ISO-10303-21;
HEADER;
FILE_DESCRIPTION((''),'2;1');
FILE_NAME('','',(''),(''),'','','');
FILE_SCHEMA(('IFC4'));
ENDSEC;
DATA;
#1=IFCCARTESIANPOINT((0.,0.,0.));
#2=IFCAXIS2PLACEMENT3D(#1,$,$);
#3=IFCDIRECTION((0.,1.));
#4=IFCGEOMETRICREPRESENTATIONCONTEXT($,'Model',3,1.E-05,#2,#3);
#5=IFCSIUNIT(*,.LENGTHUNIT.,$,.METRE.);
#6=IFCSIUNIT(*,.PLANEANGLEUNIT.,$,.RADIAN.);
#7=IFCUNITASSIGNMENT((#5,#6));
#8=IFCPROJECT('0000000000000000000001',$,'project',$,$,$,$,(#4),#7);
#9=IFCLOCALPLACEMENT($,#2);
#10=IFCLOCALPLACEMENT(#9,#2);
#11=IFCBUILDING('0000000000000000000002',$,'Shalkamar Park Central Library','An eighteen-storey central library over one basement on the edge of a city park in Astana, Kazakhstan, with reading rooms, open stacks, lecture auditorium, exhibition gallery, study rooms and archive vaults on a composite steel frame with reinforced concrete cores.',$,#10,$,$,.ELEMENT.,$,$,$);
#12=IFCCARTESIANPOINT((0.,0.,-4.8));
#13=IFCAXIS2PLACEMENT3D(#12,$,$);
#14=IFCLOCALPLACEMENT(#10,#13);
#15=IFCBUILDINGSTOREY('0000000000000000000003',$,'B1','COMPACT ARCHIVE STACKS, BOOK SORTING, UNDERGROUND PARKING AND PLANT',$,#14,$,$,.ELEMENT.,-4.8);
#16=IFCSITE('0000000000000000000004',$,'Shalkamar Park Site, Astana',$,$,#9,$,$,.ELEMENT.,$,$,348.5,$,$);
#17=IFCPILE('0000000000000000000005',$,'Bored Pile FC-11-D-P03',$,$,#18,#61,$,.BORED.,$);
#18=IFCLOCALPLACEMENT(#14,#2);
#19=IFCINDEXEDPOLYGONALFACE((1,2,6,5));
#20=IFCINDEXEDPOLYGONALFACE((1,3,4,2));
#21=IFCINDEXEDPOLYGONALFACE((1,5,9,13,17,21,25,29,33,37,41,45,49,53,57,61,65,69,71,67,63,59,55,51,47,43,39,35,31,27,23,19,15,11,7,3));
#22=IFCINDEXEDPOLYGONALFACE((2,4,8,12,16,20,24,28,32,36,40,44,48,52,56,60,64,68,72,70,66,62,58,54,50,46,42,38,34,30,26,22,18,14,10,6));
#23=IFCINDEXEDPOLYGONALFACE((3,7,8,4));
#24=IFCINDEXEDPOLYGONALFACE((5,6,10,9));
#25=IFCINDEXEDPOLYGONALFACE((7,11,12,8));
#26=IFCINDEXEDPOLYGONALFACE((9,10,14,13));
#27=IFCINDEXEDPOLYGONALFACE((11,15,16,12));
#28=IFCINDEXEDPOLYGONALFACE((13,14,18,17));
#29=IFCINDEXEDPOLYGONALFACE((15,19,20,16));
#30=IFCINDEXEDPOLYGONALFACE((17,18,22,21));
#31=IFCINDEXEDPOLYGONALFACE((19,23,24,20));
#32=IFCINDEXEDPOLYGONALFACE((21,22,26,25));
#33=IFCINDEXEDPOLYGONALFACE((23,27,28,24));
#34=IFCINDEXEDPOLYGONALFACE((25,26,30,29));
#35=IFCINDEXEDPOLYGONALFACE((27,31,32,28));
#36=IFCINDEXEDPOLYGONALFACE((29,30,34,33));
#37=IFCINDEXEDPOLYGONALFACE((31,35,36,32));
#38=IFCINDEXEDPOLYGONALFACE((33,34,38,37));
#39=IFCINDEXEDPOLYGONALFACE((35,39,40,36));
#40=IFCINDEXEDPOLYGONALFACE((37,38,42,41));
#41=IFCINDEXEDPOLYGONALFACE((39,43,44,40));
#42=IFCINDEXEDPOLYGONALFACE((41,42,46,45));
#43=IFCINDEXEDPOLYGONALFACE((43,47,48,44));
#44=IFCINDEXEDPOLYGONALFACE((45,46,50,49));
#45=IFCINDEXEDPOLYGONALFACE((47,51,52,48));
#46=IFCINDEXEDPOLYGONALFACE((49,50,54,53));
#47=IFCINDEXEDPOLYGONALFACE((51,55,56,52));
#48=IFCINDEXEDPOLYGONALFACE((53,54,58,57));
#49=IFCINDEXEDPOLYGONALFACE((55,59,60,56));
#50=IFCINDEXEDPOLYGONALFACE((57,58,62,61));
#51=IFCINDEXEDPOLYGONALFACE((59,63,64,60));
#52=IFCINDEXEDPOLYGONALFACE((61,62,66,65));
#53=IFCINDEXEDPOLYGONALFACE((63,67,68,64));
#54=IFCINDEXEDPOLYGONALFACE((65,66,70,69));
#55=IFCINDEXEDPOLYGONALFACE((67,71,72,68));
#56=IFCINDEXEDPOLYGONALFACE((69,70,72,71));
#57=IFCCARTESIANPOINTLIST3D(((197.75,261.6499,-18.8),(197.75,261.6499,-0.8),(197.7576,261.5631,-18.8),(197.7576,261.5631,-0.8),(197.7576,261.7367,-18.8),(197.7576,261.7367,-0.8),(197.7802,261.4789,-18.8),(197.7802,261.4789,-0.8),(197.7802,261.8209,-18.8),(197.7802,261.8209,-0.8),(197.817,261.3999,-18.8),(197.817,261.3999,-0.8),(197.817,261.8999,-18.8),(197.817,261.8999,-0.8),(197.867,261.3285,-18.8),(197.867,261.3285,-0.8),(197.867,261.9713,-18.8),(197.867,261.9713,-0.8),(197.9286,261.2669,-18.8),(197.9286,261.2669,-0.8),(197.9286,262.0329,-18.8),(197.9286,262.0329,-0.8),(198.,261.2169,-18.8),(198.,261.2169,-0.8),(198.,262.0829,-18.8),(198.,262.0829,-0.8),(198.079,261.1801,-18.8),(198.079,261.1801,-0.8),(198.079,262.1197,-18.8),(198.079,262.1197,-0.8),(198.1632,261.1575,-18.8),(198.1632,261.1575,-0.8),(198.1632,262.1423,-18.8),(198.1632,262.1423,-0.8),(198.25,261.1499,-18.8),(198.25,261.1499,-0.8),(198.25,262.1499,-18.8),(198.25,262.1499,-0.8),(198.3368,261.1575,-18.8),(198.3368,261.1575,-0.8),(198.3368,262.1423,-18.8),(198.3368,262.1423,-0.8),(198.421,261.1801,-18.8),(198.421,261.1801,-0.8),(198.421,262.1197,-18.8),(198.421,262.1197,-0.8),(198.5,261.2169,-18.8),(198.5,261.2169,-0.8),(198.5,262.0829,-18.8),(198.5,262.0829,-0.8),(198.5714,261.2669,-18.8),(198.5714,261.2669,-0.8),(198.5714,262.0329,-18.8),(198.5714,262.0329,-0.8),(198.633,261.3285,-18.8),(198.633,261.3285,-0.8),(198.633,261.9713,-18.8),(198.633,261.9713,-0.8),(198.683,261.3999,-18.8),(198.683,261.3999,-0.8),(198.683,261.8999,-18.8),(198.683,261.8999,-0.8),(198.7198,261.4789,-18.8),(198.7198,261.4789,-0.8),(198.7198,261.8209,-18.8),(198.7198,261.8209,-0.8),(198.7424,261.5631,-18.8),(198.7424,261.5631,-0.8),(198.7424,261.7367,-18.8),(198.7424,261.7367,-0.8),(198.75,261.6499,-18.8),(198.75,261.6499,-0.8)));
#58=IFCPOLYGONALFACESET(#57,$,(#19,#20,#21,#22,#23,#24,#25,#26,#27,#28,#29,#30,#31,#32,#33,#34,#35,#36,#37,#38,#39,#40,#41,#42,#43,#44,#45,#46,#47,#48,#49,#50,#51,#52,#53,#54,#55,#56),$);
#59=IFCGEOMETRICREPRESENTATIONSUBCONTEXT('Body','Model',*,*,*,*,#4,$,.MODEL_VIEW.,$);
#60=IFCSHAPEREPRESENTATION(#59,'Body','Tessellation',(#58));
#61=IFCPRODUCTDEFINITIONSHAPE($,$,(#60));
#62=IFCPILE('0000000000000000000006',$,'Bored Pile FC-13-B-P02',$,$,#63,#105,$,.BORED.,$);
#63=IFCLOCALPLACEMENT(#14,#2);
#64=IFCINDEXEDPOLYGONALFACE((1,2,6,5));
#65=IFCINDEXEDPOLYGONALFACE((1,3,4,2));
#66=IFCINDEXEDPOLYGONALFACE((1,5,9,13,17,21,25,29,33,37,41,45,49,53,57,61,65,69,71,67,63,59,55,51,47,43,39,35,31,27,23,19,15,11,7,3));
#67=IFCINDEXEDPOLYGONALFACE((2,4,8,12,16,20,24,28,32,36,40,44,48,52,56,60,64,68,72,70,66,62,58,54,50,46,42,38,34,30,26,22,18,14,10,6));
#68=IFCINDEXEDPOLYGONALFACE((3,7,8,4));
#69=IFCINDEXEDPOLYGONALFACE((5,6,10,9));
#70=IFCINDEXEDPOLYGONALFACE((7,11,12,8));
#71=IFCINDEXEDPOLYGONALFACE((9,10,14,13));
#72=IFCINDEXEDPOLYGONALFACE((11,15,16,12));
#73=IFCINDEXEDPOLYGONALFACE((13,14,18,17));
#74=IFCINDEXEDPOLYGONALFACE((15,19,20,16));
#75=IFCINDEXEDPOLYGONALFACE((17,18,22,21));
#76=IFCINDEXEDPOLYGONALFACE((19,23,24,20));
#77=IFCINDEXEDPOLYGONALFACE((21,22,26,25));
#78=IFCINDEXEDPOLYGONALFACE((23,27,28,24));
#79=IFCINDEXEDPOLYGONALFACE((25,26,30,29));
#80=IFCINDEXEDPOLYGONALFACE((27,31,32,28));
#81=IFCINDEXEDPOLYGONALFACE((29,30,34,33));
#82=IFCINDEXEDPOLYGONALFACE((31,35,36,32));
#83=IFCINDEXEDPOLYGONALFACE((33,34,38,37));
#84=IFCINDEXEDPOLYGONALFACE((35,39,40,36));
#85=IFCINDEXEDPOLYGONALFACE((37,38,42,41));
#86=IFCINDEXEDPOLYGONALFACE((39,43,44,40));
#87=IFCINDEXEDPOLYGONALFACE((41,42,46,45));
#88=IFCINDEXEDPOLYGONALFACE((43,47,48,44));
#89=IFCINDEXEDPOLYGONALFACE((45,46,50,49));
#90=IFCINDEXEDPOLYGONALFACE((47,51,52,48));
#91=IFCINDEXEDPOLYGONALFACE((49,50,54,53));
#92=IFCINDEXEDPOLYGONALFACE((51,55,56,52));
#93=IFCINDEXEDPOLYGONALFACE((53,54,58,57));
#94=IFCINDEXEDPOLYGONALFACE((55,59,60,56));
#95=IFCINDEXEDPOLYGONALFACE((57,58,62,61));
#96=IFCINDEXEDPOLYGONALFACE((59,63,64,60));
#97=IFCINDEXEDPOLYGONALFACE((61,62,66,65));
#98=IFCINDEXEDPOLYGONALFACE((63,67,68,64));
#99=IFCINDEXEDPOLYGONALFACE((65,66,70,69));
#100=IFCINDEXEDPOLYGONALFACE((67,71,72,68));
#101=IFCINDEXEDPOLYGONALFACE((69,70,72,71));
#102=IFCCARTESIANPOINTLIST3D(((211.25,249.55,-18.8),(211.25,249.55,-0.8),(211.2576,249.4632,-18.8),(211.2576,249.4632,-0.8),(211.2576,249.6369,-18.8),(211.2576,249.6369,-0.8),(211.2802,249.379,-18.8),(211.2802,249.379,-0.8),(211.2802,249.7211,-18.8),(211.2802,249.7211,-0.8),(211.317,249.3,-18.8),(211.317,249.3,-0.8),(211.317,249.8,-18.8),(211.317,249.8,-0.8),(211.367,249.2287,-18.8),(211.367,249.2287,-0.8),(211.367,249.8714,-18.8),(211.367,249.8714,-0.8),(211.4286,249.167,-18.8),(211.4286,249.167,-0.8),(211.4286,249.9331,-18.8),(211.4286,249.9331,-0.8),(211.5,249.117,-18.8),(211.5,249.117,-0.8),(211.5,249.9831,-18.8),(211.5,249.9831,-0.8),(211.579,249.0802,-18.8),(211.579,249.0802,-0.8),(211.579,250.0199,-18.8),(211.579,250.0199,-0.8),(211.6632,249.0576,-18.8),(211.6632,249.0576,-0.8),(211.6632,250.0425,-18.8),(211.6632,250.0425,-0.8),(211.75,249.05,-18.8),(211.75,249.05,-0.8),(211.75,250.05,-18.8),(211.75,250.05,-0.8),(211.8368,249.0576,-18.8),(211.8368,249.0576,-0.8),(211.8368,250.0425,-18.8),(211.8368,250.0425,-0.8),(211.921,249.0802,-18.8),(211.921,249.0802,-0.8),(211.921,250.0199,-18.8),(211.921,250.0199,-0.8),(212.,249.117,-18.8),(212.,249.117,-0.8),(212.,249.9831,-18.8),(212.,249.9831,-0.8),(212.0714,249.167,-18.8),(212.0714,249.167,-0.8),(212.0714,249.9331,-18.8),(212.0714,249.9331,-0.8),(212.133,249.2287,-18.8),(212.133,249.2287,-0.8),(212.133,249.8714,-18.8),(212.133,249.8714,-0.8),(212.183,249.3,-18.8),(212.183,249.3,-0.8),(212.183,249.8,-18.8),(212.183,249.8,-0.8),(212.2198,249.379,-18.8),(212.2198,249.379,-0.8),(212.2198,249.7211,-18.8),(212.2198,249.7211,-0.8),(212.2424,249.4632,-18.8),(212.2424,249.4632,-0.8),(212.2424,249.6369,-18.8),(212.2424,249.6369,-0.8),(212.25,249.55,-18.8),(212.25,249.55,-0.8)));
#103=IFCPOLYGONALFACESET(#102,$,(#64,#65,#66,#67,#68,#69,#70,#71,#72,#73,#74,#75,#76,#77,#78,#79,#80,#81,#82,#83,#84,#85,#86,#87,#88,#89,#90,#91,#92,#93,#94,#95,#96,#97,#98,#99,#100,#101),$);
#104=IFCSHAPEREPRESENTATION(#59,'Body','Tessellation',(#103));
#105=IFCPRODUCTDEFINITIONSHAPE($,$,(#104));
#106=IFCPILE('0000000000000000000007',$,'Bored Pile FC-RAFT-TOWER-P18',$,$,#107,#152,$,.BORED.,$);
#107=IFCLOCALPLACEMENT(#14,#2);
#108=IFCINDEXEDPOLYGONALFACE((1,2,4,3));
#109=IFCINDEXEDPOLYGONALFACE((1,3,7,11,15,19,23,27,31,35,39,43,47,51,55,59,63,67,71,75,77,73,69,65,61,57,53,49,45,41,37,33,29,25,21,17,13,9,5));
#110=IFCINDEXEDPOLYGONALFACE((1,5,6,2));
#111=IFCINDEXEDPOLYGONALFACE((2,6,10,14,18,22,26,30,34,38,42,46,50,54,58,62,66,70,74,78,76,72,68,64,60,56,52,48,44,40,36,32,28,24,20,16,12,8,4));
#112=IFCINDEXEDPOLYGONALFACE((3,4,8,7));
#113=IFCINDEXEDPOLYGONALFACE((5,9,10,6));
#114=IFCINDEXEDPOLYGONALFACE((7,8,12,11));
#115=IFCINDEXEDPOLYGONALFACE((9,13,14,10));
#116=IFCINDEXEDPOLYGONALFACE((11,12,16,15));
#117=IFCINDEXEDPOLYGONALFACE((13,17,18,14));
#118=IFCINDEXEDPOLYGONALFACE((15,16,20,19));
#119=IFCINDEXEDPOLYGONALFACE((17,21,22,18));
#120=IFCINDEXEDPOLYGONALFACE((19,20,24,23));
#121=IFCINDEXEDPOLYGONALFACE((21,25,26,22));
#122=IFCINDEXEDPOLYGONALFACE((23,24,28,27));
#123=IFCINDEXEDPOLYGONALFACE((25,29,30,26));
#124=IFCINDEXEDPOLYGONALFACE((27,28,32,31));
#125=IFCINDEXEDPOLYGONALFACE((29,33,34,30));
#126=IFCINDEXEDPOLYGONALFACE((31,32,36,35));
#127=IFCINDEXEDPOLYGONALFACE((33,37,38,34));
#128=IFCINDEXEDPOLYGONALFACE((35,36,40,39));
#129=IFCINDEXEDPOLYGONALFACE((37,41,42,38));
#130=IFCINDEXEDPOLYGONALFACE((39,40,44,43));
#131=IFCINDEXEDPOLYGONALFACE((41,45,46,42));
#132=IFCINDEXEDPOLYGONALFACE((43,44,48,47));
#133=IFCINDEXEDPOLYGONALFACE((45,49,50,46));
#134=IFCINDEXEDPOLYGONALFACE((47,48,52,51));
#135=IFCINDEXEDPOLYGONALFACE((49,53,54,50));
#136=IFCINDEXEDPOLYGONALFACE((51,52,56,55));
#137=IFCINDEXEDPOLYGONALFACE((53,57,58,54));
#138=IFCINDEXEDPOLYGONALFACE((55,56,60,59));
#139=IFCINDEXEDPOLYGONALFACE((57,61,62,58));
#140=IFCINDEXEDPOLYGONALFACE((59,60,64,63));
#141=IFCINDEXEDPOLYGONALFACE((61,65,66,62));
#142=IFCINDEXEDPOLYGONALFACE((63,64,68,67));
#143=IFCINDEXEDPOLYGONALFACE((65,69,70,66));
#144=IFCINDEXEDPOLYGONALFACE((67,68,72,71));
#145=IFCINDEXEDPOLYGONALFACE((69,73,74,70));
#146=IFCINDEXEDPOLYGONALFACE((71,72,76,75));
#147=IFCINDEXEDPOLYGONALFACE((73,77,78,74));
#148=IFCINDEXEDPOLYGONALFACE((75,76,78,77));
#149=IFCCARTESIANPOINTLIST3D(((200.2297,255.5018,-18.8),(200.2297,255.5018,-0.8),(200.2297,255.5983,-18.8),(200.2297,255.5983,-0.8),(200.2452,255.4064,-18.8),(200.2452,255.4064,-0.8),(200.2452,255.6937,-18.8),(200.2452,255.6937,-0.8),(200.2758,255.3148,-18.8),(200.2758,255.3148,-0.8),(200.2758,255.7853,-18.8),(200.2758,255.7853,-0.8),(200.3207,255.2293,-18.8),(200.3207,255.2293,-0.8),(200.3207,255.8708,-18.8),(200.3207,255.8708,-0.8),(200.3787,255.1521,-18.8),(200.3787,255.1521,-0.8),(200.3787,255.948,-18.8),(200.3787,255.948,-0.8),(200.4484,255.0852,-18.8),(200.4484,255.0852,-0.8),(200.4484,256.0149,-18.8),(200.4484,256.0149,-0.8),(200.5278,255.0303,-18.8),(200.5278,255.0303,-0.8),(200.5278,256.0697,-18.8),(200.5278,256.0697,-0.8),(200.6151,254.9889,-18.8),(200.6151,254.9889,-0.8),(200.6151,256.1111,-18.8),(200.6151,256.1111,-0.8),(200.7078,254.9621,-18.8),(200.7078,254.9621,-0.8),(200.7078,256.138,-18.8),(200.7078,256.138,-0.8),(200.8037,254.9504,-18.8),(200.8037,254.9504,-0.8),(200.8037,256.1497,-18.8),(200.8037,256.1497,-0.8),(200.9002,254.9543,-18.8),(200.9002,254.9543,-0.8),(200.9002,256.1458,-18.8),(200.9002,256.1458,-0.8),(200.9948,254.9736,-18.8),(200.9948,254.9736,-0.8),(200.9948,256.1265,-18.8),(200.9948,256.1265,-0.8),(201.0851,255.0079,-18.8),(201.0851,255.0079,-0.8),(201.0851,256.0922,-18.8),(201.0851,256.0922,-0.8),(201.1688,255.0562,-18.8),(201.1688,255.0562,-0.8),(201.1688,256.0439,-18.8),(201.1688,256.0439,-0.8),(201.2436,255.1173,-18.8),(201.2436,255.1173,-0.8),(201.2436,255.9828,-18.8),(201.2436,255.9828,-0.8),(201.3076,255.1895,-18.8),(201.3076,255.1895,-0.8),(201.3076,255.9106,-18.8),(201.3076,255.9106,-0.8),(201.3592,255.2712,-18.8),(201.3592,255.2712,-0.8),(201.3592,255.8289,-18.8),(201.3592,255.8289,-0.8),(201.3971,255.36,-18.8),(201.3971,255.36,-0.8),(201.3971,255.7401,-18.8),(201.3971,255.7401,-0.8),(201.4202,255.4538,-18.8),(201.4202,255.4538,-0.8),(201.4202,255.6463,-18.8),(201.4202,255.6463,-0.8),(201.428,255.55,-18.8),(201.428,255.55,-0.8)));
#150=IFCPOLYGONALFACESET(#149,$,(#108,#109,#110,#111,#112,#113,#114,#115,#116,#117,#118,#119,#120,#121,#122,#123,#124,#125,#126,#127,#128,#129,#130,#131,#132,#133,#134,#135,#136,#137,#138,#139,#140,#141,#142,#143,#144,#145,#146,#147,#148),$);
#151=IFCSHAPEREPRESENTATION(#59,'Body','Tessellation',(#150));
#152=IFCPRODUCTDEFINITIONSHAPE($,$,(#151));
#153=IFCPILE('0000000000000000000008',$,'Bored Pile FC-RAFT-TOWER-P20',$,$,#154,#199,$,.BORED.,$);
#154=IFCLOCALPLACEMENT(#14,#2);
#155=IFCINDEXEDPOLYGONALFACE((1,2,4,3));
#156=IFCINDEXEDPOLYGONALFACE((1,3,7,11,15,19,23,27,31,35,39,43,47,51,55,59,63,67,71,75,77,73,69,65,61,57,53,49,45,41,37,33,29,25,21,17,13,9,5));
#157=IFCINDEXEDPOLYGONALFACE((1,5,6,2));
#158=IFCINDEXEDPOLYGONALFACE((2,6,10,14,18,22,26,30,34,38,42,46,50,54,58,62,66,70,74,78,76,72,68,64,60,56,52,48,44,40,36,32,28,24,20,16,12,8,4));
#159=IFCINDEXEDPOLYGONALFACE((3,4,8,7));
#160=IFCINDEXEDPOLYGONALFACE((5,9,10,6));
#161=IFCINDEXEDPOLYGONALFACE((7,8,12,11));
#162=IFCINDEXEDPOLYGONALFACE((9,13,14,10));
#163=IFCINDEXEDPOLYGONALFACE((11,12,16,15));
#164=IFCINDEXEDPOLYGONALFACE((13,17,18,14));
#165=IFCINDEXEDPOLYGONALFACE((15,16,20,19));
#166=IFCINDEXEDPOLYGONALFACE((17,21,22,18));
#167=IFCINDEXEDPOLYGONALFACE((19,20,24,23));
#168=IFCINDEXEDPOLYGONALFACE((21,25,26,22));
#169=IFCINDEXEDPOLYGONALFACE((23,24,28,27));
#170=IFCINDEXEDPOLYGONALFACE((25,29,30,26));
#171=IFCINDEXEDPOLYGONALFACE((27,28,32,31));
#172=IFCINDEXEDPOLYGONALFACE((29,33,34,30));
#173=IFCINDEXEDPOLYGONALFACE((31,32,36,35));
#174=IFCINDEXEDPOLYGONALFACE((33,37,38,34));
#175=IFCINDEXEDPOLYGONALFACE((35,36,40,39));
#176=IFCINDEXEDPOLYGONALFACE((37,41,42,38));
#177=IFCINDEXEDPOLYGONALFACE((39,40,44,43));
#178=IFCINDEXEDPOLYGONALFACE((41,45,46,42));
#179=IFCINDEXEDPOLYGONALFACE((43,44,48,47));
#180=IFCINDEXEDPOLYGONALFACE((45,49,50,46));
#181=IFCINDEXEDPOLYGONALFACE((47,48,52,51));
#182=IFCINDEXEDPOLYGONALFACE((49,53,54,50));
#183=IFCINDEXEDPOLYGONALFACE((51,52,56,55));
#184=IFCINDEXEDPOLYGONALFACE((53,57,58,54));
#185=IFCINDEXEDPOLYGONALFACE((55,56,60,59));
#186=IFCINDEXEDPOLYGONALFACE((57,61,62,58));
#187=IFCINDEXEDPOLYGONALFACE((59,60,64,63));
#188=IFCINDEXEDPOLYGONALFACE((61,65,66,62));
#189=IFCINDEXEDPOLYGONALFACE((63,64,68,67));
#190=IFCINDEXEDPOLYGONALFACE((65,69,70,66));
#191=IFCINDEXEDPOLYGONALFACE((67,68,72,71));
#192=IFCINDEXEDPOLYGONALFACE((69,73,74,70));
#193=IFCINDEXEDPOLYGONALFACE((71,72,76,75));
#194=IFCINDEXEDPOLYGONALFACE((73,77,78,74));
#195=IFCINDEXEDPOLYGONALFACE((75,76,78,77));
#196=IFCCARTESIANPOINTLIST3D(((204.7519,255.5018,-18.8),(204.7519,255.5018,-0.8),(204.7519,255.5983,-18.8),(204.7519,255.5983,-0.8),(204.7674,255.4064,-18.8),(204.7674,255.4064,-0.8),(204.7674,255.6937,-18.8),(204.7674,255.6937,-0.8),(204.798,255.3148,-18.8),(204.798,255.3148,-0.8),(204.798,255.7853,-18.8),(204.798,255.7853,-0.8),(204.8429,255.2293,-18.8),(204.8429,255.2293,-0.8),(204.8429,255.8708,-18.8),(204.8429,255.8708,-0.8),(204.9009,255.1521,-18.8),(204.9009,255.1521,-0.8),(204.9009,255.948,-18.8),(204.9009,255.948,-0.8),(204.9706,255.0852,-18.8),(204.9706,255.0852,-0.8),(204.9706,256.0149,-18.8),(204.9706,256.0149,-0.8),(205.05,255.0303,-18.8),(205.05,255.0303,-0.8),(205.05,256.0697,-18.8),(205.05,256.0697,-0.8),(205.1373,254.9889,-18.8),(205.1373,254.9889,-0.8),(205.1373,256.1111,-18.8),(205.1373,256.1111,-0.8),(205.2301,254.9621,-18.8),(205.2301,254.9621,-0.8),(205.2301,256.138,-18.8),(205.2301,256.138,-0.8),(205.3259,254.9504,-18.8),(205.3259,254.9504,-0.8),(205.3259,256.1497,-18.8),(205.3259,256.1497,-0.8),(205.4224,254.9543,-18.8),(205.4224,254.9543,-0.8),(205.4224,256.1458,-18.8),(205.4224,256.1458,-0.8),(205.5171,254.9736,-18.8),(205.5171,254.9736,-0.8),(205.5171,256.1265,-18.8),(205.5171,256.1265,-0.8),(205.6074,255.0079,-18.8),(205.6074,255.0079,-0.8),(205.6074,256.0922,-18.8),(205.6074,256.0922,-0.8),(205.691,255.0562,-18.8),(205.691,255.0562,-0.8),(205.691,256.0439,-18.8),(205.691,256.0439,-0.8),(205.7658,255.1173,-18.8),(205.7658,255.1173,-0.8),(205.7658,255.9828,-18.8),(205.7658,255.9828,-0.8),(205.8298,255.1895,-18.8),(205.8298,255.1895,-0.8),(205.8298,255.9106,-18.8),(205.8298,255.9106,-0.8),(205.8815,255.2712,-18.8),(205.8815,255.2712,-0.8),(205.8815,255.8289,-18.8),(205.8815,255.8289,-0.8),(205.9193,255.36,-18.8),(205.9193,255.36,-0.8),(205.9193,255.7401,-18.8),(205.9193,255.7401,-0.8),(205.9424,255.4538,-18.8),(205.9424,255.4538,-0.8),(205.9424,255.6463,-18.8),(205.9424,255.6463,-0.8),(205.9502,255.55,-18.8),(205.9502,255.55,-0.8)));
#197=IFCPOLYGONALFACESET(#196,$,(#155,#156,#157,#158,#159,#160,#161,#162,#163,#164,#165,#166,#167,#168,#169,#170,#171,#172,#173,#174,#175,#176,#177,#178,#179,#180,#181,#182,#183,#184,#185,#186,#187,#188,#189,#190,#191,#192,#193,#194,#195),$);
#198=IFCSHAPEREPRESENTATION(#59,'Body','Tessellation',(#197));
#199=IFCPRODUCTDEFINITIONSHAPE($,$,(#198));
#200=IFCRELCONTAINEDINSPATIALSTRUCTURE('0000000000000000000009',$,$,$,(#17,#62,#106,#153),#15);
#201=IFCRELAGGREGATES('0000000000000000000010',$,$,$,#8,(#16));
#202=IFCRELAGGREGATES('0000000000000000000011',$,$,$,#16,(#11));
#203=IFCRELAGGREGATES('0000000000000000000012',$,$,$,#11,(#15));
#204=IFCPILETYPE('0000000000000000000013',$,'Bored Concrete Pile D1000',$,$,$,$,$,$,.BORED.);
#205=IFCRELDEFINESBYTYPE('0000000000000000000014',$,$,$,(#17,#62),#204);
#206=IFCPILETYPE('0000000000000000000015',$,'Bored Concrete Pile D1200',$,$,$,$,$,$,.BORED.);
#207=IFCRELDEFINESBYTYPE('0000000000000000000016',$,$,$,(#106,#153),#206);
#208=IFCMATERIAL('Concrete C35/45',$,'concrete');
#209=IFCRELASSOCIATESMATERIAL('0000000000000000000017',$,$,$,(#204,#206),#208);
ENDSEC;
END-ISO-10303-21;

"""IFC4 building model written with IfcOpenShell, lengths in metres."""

from ifc_helpers import new_model, si_unit, direction, frame, origin, origin_2d, place, context, subcontext, project, spatial, circle, extrude, material, material_profile, profile_set, type_object, element, save


model = new_model("IFC4")

# Units and contexts
model_context = context("Model", 3, precision=1e-05, world=origin(), true_north=direction((0.0, 1.0)))
body_context = subcontext(model_context, "Body", "Model", "MODEL_VIEW")
ifc_project = project(units=[si_unit("LENGTHUNIT", "METRE"), si_unit("PLANEANGLEUNIT", "RADIAN")], contexts=[model_context])

# Site, building, storey
site_placement = place(None, origin())
site = spatial("IfcSite", under=ifc_project, at=site_placement, Name="Shalkamar Park Site, Astana", CompositionType="ELEMENT", RefElevation=348.5)
building_placement = place(site_placement, origin())
building = spatial("IfcBuilding", under=site, at=building_placement, Name="Shalkamar Park Central Library", Description="An eighteen-storey central library over one basement on the edge of a city park in Astana, Kazakhstan, with reading rooms, open stacks, lecture auditorium, exhibition gallery, study rooms and archive vaults on a composite steel frame with reinforced concrete cores.", CompositionType="ELEMENT")
storey_placement = place(building_placement, frame((0.0, 0.0, -4.8)))
storey = spatial("IfcBuildingStorey", under=building, at=storey_placement, Name="B1", Description="COMPACT ARCHIVE STACKS, BOOK SORTING, UNDERGROUND PARKING AND PLANT", CompositionType="ELEMENT", Elevation=-4.8)

# Piles
ifc_material_1 = material(Name="Concrete C35/45", Category="concrete")
ifc_material_profile_1 = material_profile(ifc_material_1, circle(Radius=0.5, at=origin_2d()), Name="PILE D1000")
ifc_profile_set_1 = profile_set([ifc_material_profile_1], Name="Concrete C35/45")
pile_type_1 = type_object("IfcPileType", Name="Bored Concrete Pile D1000", PredefinedType="BORED", material=ifc_profile_set_1)
for number, where, z_axis, x_axis, name in (
    (1, (198.25, 261.6499, -0.8), (0.0, 0.0, -1.0), (1.0, 0.0, 0.0), "Bored Pile FC-11-D-P03"),
    (2, (211.75, 249.55, -0.8), (0.0, 0.0, -1.0), (1.0, 0.0, 0.0), "Bored Pile FC-13-B-P02"),
):
    element("IfcPile", number, at=place(storey_placement, frame(where, z_axis=z_axis, x_axis=x_axis)), inside=storey, type_object=pile_type_1, Name=name, PredefinedType="BORED", context=body_context, shape_type="SweptSolid", body=[
        extrude(circle(Radius=0.5, at=origin_2d()), origin(), (0.0, 0.0, 1.0), 18.0),
    ])
ifc_material_profile_2 = material_profile(ifc_material_1, circle(Radius=0.6001, at=origin_2d()), Name="PILE D1200")
ifc_profile_set_2 = profile_set([ifc_material_profile_2], Name="Concrete C35/45")
pile_type_2 = type_object("IfcPileType", Name="Bored Concrete Pile D1200", PredefinedType="BORED", material=ifc_profile_set_2)
for number, where, z_axis, x_axis, name in (
    (3, (200.8279, 255.55, -0.8), (0.0, 0.0, -1.0), (1.0, 0.0, 0.0), "Bored Pile FC-RAFT-TOWER-P18"),
    (4, (205.3501, 255.55, -0.8), (0.0, 0.0, -1.0), (1.0, 0.0, 0.0), "Bored Pile FC-RAFT-TOWER-P20"),
):
    element("IfcPile", number, at=place(storey_placement, frame(where, z_axis=z_axis, x_axis=x_axis)), inside=storey, type_object=pile_type_2, Name=name, PredefinedType="BORED", context=body_context, shape_type="SweptSolid", body=[
        extrude(circle(Radius=0.6001, at=origin_2d()), origin(), (0.0, 0.0, 1.0), 18.0),
    ])

save(model, "model.ifc")
